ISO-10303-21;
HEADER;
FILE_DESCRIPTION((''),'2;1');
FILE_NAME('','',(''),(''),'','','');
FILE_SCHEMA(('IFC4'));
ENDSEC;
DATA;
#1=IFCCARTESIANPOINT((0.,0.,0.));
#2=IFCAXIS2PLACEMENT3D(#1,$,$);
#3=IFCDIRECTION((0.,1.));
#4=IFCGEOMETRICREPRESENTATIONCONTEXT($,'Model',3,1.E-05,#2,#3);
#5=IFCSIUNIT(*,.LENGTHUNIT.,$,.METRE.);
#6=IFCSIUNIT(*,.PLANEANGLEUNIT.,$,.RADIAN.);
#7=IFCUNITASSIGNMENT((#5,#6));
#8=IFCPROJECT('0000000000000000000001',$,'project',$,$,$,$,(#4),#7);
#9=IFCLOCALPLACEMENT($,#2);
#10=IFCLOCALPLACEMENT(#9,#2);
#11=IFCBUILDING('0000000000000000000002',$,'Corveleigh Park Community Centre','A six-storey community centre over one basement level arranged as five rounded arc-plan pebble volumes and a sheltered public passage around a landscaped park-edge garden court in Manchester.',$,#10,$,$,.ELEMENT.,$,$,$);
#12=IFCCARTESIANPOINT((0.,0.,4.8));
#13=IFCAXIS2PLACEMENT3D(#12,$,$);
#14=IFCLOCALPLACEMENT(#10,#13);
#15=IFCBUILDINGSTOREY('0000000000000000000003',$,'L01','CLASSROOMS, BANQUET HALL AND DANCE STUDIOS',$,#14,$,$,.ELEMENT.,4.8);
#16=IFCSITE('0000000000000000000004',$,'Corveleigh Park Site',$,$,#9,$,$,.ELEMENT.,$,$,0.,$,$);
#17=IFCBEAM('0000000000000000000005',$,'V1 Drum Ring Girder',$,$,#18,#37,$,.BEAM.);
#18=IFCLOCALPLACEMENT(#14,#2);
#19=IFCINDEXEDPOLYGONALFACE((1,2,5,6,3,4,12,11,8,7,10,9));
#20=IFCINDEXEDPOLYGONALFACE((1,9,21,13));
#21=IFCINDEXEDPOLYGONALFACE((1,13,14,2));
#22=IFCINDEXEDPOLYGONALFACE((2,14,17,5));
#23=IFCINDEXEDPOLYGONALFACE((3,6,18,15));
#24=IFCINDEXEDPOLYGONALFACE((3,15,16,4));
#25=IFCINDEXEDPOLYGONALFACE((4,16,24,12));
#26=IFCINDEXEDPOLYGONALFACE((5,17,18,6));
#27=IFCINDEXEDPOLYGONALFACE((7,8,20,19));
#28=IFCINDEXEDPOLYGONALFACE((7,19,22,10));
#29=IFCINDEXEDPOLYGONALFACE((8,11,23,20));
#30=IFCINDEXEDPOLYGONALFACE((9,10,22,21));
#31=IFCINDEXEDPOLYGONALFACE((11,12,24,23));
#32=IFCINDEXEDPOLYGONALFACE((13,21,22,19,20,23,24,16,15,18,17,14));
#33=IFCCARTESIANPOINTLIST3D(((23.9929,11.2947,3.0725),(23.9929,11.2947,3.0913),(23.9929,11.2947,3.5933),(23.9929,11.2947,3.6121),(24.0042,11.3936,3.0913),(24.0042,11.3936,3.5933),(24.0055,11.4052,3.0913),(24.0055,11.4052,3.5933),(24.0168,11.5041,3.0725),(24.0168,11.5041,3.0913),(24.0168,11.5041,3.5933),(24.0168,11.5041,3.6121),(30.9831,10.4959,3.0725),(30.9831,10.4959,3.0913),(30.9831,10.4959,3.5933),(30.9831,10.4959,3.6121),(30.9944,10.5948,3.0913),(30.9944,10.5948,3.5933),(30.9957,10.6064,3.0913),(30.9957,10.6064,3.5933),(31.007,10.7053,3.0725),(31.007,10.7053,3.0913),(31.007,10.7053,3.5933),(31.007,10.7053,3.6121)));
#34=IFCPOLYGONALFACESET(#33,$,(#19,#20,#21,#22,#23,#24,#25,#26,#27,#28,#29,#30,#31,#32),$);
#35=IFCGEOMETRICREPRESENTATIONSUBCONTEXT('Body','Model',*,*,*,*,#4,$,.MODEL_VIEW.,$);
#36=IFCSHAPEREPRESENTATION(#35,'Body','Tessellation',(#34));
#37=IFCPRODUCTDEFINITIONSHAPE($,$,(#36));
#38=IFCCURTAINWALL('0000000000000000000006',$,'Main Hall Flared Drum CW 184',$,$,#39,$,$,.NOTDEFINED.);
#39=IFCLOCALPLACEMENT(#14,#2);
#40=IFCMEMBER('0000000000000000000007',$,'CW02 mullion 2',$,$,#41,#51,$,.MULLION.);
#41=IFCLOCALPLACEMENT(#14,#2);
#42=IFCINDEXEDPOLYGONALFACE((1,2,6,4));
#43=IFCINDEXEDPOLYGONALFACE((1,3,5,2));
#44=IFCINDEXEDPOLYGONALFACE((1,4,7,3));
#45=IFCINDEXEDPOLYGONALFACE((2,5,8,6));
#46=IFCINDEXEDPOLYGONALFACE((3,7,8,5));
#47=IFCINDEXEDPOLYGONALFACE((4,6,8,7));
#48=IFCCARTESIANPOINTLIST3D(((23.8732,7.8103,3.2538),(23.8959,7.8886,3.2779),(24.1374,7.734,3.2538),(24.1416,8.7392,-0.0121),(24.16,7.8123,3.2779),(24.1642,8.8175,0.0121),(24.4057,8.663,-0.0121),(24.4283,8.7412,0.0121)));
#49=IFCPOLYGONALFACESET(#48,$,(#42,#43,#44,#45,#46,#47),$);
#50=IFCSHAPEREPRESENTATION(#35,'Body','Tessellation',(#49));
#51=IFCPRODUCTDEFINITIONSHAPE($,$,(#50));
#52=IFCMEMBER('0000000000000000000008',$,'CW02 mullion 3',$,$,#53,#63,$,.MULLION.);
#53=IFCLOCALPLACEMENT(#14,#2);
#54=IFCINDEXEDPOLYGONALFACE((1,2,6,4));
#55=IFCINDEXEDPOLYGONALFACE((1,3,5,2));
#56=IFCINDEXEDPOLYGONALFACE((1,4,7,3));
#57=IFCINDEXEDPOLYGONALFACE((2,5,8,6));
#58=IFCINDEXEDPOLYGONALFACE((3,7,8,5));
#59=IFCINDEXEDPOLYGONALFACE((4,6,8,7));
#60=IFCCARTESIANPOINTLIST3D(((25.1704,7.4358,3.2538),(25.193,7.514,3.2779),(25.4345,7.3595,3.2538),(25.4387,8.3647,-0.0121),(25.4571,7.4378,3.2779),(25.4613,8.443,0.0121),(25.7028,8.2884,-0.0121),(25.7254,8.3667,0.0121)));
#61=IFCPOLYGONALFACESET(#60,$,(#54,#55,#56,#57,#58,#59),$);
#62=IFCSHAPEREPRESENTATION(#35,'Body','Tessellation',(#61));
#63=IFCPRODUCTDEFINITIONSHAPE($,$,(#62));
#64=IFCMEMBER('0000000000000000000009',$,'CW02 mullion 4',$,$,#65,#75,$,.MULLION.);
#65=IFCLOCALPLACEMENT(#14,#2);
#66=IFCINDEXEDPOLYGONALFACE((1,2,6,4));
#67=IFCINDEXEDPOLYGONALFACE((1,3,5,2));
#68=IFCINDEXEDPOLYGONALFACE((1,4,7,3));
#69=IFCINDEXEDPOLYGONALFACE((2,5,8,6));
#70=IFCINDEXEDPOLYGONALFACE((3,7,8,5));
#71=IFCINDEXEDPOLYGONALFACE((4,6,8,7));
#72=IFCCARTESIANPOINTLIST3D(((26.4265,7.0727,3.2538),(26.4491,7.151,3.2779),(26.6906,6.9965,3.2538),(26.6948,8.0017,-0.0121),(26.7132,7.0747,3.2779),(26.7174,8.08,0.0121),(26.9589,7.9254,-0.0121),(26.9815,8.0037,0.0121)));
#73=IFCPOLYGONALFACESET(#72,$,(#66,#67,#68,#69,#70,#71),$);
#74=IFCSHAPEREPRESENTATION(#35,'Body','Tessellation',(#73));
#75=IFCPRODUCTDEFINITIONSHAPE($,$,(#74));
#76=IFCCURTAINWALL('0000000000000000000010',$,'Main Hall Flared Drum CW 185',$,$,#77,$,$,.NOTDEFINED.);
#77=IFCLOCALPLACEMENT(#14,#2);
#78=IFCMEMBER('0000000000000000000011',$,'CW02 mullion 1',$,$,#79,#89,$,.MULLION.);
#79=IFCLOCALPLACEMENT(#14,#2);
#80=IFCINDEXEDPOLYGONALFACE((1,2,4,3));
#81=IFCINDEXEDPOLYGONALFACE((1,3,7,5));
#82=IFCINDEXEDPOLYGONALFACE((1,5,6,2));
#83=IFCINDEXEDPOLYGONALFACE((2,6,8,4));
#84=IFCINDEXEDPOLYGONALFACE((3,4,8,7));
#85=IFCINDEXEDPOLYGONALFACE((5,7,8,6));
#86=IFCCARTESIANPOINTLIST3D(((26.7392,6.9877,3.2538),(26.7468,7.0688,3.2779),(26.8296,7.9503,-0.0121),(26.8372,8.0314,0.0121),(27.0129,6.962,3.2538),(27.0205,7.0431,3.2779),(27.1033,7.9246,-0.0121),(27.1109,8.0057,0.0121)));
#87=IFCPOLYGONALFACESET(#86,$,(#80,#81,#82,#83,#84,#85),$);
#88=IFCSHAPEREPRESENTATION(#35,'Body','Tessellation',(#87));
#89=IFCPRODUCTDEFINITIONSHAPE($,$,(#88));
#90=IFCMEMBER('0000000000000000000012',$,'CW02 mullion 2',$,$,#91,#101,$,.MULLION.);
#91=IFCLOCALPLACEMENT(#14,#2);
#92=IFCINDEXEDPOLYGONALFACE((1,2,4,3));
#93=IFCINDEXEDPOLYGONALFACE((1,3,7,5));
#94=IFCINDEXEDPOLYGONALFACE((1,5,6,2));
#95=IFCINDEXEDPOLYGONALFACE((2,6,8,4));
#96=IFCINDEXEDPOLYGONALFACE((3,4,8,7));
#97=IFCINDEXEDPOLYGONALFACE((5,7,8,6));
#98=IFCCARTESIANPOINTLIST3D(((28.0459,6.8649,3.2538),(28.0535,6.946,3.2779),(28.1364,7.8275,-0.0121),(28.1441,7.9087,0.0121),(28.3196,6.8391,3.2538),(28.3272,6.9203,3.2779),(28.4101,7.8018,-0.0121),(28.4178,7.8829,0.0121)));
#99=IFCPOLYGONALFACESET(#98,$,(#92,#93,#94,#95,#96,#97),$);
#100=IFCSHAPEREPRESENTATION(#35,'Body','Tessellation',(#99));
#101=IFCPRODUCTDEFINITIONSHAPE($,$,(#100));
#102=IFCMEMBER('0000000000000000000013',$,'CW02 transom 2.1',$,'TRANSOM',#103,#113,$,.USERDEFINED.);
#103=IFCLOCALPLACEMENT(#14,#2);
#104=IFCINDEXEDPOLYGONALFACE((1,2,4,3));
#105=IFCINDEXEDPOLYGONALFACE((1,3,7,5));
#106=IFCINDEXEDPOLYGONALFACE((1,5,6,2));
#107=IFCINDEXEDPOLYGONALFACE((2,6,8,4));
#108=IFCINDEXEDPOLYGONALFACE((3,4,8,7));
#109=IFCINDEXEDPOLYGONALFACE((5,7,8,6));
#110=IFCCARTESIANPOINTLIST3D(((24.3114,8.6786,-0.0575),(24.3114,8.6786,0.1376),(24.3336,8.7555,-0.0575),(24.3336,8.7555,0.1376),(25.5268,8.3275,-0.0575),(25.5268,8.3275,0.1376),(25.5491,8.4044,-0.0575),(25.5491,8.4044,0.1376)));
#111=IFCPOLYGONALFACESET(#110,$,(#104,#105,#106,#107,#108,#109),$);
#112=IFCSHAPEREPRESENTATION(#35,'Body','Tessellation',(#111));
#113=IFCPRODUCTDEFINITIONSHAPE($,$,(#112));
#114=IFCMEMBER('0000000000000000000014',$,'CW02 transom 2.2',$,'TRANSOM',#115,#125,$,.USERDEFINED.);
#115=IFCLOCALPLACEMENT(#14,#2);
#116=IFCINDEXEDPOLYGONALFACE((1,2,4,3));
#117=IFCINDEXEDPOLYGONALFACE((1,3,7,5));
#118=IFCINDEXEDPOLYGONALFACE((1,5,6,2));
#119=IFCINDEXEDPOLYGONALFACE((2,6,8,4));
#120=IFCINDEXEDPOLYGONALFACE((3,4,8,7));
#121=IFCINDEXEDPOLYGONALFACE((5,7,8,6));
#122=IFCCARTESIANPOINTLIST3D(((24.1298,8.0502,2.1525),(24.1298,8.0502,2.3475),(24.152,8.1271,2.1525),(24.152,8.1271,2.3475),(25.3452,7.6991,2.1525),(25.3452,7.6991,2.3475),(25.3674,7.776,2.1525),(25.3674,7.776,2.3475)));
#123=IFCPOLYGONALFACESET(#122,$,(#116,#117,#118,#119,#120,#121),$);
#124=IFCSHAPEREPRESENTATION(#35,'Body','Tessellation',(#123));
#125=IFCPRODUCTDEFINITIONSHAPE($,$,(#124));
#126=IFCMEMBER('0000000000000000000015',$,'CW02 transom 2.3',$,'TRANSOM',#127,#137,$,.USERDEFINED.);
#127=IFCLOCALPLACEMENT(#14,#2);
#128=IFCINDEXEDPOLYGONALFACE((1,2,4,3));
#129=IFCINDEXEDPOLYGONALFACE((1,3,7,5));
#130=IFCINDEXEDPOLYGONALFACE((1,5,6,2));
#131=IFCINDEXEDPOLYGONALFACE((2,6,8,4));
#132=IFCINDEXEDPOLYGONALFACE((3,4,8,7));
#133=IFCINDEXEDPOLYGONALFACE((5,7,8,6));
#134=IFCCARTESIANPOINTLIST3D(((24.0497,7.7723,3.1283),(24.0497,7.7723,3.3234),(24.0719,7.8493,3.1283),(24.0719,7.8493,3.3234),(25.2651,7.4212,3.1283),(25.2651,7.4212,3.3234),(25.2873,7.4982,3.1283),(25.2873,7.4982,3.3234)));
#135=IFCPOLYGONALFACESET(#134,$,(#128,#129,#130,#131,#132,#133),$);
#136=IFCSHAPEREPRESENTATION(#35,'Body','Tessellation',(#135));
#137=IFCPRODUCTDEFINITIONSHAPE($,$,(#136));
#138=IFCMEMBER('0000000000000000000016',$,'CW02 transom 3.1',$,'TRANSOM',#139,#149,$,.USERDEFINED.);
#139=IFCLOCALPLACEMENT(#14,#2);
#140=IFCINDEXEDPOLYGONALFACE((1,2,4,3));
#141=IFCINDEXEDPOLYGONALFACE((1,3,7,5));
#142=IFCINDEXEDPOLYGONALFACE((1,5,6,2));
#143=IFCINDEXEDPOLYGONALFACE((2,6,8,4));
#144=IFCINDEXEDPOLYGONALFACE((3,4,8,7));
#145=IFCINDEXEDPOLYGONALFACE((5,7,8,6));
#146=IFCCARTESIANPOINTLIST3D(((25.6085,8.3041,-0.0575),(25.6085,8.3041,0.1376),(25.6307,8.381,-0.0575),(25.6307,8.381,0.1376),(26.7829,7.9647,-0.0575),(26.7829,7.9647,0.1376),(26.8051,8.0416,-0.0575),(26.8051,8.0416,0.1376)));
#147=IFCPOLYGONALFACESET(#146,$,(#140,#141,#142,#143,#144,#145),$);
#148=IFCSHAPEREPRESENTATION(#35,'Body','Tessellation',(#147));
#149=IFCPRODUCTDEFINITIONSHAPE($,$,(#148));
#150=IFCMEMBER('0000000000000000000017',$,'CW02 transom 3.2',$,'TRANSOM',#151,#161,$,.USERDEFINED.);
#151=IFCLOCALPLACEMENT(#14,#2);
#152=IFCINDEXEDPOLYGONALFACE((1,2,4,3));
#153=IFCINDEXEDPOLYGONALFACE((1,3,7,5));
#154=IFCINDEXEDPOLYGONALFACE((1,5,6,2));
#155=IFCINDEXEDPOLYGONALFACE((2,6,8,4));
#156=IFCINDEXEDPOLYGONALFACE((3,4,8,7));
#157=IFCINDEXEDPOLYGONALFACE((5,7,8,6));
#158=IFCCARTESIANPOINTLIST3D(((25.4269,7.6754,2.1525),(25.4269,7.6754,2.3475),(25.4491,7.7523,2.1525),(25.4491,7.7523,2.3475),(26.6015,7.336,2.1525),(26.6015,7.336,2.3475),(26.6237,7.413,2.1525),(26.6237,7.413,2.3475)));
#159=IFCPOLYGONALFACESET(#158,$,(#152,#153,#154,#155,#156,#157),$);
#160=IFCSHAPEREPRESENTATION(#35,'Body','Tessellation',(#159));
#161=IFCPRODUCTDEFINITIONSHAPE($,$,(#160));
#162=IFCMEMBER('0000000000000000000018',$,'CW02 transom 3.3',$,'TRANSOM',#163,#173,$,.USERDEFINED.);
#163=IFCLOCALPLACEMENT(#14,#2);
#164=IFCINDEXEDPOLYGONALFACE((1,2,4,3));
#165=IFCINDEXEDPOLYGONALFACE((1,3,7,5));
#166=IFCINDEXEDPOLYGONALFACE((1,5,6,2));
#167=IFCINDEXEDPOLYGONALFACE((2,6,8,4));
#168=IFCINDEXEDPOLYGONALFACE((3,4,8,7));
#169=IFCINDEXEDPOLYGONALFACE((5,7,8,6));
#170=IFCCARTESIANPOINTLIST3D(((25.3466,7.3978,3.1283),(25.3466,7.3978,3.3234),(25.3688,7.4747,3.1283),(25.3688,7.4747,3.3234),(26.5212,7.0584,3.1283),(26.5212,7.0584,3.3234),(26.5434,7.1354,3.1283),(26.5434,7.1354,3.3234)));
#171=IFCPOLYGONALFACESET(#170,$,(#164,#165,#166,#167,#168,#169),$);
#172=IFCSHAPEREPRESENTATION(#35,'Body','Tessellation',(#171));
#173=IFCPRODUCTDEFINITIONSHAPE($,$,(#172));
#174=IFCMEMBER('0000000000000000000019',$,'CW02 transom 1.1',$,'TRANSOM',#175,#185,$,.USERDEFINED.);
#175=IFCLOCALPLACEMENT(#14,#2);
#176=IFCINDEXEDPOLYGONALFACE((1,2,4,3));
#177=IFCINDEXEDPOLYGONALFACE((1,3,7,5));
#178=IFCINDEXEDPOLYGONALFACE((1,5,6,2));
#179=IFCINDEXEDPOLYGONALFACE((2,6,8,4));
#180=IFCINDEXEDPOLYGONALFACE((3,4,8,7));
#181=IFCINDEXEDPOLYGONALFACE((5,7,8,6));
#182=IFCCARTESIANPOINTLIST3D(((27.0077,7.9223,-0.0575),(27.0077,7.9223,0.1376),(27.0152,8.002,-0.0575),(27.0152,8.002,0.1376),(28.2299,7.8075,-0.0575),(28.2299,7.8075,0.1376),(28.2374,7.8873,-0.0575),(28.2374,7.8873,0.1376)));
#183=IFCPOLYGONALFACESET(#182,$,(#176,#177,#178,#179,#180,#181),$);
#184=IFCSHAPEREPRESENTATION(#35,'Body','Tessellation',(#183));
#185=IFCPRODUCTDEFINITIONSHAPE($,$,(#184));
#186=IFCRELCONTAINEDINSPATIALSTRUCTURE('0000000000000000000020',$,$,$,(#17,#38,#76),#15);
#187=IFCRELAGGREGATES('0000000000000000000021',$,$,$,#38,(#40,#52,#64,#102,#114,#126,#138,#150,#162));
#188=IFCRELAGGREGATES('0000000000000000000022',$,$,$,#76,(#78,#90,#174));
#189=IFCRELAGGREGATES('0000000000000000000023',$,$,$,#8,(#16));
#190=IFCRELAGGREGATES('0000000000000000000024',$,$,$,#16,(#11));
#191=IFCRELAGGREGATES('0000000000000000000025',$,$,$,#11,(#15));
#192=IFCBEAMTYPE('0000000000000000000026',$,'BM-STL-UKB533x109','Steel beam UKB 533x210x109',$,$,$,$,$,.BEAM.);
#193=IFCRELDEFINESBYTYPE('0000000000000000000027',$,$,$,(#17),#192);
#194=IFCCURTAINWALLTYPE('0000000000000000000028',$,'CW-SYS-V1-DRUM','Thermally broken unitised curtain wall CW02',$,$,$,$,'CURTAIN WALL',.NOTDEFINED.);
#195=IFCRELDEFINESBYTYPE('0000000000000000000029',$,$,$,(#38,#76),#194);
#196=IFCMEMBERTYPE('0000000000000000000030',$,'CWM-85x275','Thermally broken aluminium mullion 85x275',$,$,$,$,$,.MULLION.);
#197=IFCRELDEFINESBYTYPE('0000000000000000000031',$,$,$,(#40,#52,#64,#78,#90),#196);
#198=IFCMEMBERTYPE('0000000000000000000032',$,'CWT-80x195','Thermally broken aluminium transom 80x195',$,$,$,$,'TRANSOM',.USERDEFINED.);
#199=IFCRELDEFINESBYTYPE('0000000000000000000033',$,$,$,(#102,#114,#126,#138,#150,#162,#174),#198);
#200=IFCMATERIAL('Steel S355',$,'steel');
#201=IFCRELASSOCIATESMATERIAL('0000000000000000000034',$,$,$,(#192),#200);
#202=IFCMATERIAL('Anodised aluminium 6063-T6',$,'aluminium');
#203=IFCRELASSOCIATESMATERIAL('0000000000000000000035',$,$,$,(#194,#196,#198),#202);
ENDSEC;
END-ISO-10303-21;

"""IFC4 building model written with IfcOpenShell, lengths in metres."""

from ifc_helpers import new_model, si_unit, direction, frame, origin, origin_2d, place, context, subcontext, project, spatial, rectangle, i_section, extrude, material, material_profile, profile_set, type_object, element, aggregate, save


model = new_model("IFC4")

# Units and contexts
model_context = context("Model", 3, precision=1e-05, world=origin(), true_north=direction((0.0, 1.0)))
body_context = subcontext(model_context, "Body", "Model", "MODEL_VIEW")
ifc_project = project(units=[si_unit("LENGTHUNIT", "METRE"), si_unit("PLANEANGLEUNIT", "RADIAN")], contexts=[model_context])

# Site, building, storey
site_placement = place(None, origin())
site = spatial("IfcSite", under=ifc_project, at=site_placement, Name="Corveleigh Park Site", CompositionType="ELEMENT", RefElevation=0.0)
building_placement = place(site_placement, origin())
building = spatial("IfcBuilding", under=site, at=building_placement, Name="Corveleigh Park Community Centre", Description="A six-storey community centre over one basement level arranged as five rounded arc-plan pebble volumes and a sheltered public passage around a landscaped park-edge garden court in Manchester.", CompositionType="ELEMENT")
storey_placement = place(building_placement, frame((0.0, 0.0, 4.8)))
storey = spatial("IfcBuildingStorey", under=building, at=storey_placement, Name="L01", Description="CLASSROOMS, BANQUET HALL AND DANCE STUDIOS", CompositionType="ELEMENT", Elevation=4.8)

# Beam
ifc_material_1 = material(Name="Steel S355", Category="steel")
ifc_material_profile_1 = material_profile(ifc_material_1, i_section(OverallWidth=0.2107, OverallDepth=0.5396, WebThickness=0.0117, FlangeThickness=0.0188, at=origin_2d()), Name="UKB 533x210x109", Category="steel")
ifc_profile_set_1 = profile_set([ifc_material_profile_1], Name="Steel S355")
beam_type = type_object("IfcBeamType", Name="BM-STL-UKB533x109", Description="Steel beam UKB 533x210x109", PredefinedType="BEAM", material=ifc_profile_set_1)
beam_placement = place(storey_placement, frame((24.0049, 11.3994, 3.3423), z_axis=(0.993534, -0.113539, 0.0), x_axis=(0.113539, 0.993534, 0.0)))
element("IfcBeam", 1, at=beam_placement, inside=storey, type_object=beam_type, Name="V1 Drum Ring Girder", PredefinedType="BEAM", context=body_context, shape_type="SweptSolid", body=[
    extrude(i_section(OverallWidth=0.2107, OverallDepth=0.5396, WebThickness=0.0117, FlangeThickness=0.0188, at=origin_2d()), origin(), (0.0, 0.0, 1.0), 7.0356),
])

# Curtain walls, members
ifc_material_2 = material(Name="Anodised aluminium 6063-T6", Category="aluminium")
curtain_wall_type = type_object("IfcCurtainWallType", Name="CW-SYS-V1-DRUM", Description="Thermally broken unitised curtain wall CW02", ElementType="CURTAIN WALL", PredefinedType="NOTDEFINED", material=ifc_material_2)
curtain_wall_1_placement = place(storey_placement, origin())
curtain_wall_1 = element("IfcCurtainWall", 2, at=curtain_wall_1_placement, inside=storey, type_object=curtain_wall_type, Name="Main Hall Flared Drum CW 184", PredefinedType="NOTDEFINED")
ifc_material_profile_2 = material_profile(ifc_material_2, rectangle(XDim=0.085, YDim=0.2749, at=origin_2d()), Name="ALU-M85x275", Category="aluminium")
ifc_profile_set_2 = profile_set([ifc_material_profile_2], Name="Anodised aluminium 6063-T6")
member_type_1 = type_object("IfcMemberType", Name="CWM-85x275", Description="Thermally broken aluminium mullion 85x275", PredefinedType="MULLION", material=ifc_profile_set_2)
member_1_placement = place(storey_placement, frame((24.2849, 8.7402, 0.0), z_axis=(-0.078776, -0.272741, 0.958857), x_axis=(0.266071, 0.921202, 0.283889)))
member_1 = element("IfcMember", 3, at=member_1_placement, type_object=member_type_1, Name="CW02 mullion 2", PredefinedType="MULLION", context=body_context, shape_type="SweptSolid", body=[
    extrude(rectangle(XDim=0.085, YDim=0.2749, at=origin_2d()), origin(), (0.0, 0.0, 1.0), 3.406),
])
member_2_placement = place(storey_placement, frame((25.582, 8.3657, 0.0), z_axis=(-0.078776, -0.272741, 0.958857), x_axis=(0.266071, 0.921202, 0.283889)))
member_2 = element("IfcMember", 4, at=member_2_placement, type_object=member_type_1, Name="CW02 mullion 3", PredefinedType="MULLION", context=body_context, shape_type="SweptSolid", body=[
    extrude(rectangle(XDim=0.085, YDim=0.2749, at=origin_2d()), origin(), (0.0, 0.0, 1.0), 3.406),
])
member_3_placement = place(storey_placement, frame((26.8381, 8.0027, 0.0), z_axis=(-0.078776, -0.272741, 0.958857), x_axis=(0.266071, 0.921202, 0.283889)))
member_3 = element("IfcMember", 5, at=member_3_placement, type_object=member_type_1, Name="CW02 mullion 4", PredefinedType="MULLION", context=body_context, shape_type="SweptSolid", body=[
    extrude(rectangle(XDim=0.085, YDim=0.2749, at=origin_2d()), origin(), (0.0, 0.0, 1.0), 3.406),
])
curtain_wall_2_placement = place(storey_placement, origin())
curtain_wall_2 = element("IfcCurtainWall", 6, at=curtain_wall_2_placement, inside=storey, type_object=curtain_wall_type, Name="Main Hall Flared Drum CW 185", PredefinedType="NOTDEFINED")
member_4_placement = place(storey_placement, frame((26.9702, 7.978, 0.0), z_axis=(-0.026522, -0.282634, 0.958861), x_axis=(0.089583, 0.954667, 0.283875)))
member_4 = element("IfcMember", 7, at=member_4_placement, type_object=member_type_1, Name="CW02 mullion 1", PredefinedType="MULLION", context=body_context, shape_type="SweptSolid", body=[
    extrude(rectangle(XDim=0.085, YDim=0.2749, at=origin_2d()), origin(), (0.0, 0.0, 1.0), 3.406),
])
member_5_placement = place(storey_placement, frame((28.2771, 7.8552, 0.0), z_axis=(-0.026593, -0.282633, 0.958859), x_axis=(0.089823, 0.954643, 0.283881)))
member_5 = element("IfcMember", 8, at=member_5_placement, type_object=member_type_1, Name="CW02 mullion 2", PredefinedType="MULLION", context=body_context, shape_type="SweptSolid", body=[
    extrude(rectangle(XDim=0.085, YDim=0.2749, at=origin_2d()), origin(), (0.0, 0.0, 1.0), 3.406),
])

# Members
ifc_material_profile_3 = material_profile(ifc_material_2, rectangle(XDim=0.0801, YDim=0.1951, at=origin_2d()), Name="ALU-T80x195", Category="aluminium")
ifc_profile_set_3 = profile_set([ifc_material_profile_3], Name="Anodised aluminium 6063-T6")
member_type_2 = type_object("IfcMemberType", Name="CWT-80x195", Description="Thermally broken aluminium transom 80x195", ElementType="TRANSOM", PredefinedType="USERDEFINED", material=ifc_profile_set_3)
member_6_placement = place(storey_placement, frame((24.3225, 8.717, 0.04), z_axis=(0.960719, -0.277524, 0.0), x_axis=(0.277524, 0.960719, 0.0)))
member_6 = element("IfcMember", 9, at=member_6_placement, type_object=member_type_2, Name="CW02 transom 2.1", ObjectType="TRANSOM", PredefinedType="USERDEFINED", context=body_context, shape_type="SweptSolid", body=[
    extrude(rectangle(XDim=0.0801, YDim=0.1951, at=origin_2d()), origin(), (0.0, 0.0, 1.0), 1.2651),
])
member_7_placement = place(storey_placement, frame((24.1409, 8.0886, 2.25), z_axis=(0.960719, -0.277524, 0.0), x_axis=(0.277524, 0.960719, 0.0)))
member_7 = element("IfcMember", 10, at=member_7_placement, type_object=member_type_2, Name="CW02 transom 2.2", ObjectType="TRANSOM", PredefinedType="USERDEFINED", context=body_context, shape_type="SweptSolid", body=[
    extrude(rectangle(XDim=0.0801, YDim=0.1951, at=origin_2d()), origin(), (0.0, 0.0, 1.0), 1.2651),
])
member_8_placement = place(storey_placement, frame((24.0608, 7.8108, 3.2258), z_axis=(0.960719, -0.277524, 0.0), x_axis=(0.277524, 0.960719, 0.0)))
member_8 = element("IfcMember", 11, at=member_8_placement, type_object=member_type_2, Name="CW02 transom 2.3", ObjectType="TRANSOM", PredefinedType="USERDEFINED", context=body_context, shape_type="SweptSolid", body=[
    extrude(rectangle(XDim=0.0801, YDim=0.1951, at=origin_2d()), origin(), (0.0, 0.0, 1.0), 1.2651),
])
member_9_placement = place(storey_placement, frame((25.6196, 8.3425, 0.04), z_axis=(0.960691, -0.277622, 0.0), x_axis=(0.277622, 0.960691, 0.0)))
member_9 = element("IfcMember", 12, at=member_9_placement, type_object=member_type_2, Name="CW02 transom 3.1", ObjectType="TRANSOM", PredefinedType="USERDEFINED", context=body_context, shape_type="SweptSolid", body=[
    extrude(rectangle(XDim=0.0801, YDim=0.1951, at=origin_2d()), origin(), (0.0, 0.0, 1.0), 1.2224),
])
member_10_placement = place(storey_placement, frame((25.438, 7.7139, 2.25), z_axis=(0.960706, -0.277568, 0.0), x_axis=(0.277568, 0.960706, 0.0)))
member_10 = element("IfcMember", 13, at=member_10_placement, type_object=member_type_2, Name="CW02 transom 3.2", ObjectType="TRANSOM", PredefinedType="USERDEFINED", context=body_context, shape_type="SweptSolid", body=[
    extrude(rectangle(XDim=0.0801, YDim=0.1951, at=origin_2d()), origin(), (0.0, 0.0, 1.0), 1.2227),
])
member_11_placement = place(storey_placement, frame((25.3577, 7.4363, 3.2258), z_axis=(0.960706, -0.277568, 0.0), x_axis=(0.277568, 0.960706, 0.0)))
member_11 = element("IfcMember", 14, at=member_11_placement, type_object=member_type_2, Name="CW02 transom 3.3", ObjectType="TRANSOM", PredefinedType="USERDEFINED", context=body_context, shape_type="SweptSolid", body=[
    extrude(rectangle(XDim=0.0801, YDim=0.1951, at=origin_2d()), origin(), (0.0, 0.0, 1.0), 1.2227),
])
member_12_placement = place(storey_placement, frame((27.0115, 7.9622, 0.04), z_axis=(0.995622, -0.093476, 0.0), x_axis=(0.093476, 0.995622, 0.0)))
member_12 = element("IfcMember", 15, at=member_12_placement, type_object=member_type_2, Name="CW02 transom 1.1", ObjectType="TRANSOM", PredefinedType="USERDEFINED", context=body_context, shape_type="SweptSolid", body=[
    extrude(rectangle(XDim=0.0801, YDim=0.1951, at=origin_2d()), origin(), (0.0, 0.0, 1.0), 1.2275),
])

aggregate(curtain_wall_1, [member_1, member_2, member_3, member_6, member_7, member_8, member_9, member_10, member_11])
aggregate(curtain_wall_2, [member_4, member_5, member_12])

save(model, "model.ifc")
